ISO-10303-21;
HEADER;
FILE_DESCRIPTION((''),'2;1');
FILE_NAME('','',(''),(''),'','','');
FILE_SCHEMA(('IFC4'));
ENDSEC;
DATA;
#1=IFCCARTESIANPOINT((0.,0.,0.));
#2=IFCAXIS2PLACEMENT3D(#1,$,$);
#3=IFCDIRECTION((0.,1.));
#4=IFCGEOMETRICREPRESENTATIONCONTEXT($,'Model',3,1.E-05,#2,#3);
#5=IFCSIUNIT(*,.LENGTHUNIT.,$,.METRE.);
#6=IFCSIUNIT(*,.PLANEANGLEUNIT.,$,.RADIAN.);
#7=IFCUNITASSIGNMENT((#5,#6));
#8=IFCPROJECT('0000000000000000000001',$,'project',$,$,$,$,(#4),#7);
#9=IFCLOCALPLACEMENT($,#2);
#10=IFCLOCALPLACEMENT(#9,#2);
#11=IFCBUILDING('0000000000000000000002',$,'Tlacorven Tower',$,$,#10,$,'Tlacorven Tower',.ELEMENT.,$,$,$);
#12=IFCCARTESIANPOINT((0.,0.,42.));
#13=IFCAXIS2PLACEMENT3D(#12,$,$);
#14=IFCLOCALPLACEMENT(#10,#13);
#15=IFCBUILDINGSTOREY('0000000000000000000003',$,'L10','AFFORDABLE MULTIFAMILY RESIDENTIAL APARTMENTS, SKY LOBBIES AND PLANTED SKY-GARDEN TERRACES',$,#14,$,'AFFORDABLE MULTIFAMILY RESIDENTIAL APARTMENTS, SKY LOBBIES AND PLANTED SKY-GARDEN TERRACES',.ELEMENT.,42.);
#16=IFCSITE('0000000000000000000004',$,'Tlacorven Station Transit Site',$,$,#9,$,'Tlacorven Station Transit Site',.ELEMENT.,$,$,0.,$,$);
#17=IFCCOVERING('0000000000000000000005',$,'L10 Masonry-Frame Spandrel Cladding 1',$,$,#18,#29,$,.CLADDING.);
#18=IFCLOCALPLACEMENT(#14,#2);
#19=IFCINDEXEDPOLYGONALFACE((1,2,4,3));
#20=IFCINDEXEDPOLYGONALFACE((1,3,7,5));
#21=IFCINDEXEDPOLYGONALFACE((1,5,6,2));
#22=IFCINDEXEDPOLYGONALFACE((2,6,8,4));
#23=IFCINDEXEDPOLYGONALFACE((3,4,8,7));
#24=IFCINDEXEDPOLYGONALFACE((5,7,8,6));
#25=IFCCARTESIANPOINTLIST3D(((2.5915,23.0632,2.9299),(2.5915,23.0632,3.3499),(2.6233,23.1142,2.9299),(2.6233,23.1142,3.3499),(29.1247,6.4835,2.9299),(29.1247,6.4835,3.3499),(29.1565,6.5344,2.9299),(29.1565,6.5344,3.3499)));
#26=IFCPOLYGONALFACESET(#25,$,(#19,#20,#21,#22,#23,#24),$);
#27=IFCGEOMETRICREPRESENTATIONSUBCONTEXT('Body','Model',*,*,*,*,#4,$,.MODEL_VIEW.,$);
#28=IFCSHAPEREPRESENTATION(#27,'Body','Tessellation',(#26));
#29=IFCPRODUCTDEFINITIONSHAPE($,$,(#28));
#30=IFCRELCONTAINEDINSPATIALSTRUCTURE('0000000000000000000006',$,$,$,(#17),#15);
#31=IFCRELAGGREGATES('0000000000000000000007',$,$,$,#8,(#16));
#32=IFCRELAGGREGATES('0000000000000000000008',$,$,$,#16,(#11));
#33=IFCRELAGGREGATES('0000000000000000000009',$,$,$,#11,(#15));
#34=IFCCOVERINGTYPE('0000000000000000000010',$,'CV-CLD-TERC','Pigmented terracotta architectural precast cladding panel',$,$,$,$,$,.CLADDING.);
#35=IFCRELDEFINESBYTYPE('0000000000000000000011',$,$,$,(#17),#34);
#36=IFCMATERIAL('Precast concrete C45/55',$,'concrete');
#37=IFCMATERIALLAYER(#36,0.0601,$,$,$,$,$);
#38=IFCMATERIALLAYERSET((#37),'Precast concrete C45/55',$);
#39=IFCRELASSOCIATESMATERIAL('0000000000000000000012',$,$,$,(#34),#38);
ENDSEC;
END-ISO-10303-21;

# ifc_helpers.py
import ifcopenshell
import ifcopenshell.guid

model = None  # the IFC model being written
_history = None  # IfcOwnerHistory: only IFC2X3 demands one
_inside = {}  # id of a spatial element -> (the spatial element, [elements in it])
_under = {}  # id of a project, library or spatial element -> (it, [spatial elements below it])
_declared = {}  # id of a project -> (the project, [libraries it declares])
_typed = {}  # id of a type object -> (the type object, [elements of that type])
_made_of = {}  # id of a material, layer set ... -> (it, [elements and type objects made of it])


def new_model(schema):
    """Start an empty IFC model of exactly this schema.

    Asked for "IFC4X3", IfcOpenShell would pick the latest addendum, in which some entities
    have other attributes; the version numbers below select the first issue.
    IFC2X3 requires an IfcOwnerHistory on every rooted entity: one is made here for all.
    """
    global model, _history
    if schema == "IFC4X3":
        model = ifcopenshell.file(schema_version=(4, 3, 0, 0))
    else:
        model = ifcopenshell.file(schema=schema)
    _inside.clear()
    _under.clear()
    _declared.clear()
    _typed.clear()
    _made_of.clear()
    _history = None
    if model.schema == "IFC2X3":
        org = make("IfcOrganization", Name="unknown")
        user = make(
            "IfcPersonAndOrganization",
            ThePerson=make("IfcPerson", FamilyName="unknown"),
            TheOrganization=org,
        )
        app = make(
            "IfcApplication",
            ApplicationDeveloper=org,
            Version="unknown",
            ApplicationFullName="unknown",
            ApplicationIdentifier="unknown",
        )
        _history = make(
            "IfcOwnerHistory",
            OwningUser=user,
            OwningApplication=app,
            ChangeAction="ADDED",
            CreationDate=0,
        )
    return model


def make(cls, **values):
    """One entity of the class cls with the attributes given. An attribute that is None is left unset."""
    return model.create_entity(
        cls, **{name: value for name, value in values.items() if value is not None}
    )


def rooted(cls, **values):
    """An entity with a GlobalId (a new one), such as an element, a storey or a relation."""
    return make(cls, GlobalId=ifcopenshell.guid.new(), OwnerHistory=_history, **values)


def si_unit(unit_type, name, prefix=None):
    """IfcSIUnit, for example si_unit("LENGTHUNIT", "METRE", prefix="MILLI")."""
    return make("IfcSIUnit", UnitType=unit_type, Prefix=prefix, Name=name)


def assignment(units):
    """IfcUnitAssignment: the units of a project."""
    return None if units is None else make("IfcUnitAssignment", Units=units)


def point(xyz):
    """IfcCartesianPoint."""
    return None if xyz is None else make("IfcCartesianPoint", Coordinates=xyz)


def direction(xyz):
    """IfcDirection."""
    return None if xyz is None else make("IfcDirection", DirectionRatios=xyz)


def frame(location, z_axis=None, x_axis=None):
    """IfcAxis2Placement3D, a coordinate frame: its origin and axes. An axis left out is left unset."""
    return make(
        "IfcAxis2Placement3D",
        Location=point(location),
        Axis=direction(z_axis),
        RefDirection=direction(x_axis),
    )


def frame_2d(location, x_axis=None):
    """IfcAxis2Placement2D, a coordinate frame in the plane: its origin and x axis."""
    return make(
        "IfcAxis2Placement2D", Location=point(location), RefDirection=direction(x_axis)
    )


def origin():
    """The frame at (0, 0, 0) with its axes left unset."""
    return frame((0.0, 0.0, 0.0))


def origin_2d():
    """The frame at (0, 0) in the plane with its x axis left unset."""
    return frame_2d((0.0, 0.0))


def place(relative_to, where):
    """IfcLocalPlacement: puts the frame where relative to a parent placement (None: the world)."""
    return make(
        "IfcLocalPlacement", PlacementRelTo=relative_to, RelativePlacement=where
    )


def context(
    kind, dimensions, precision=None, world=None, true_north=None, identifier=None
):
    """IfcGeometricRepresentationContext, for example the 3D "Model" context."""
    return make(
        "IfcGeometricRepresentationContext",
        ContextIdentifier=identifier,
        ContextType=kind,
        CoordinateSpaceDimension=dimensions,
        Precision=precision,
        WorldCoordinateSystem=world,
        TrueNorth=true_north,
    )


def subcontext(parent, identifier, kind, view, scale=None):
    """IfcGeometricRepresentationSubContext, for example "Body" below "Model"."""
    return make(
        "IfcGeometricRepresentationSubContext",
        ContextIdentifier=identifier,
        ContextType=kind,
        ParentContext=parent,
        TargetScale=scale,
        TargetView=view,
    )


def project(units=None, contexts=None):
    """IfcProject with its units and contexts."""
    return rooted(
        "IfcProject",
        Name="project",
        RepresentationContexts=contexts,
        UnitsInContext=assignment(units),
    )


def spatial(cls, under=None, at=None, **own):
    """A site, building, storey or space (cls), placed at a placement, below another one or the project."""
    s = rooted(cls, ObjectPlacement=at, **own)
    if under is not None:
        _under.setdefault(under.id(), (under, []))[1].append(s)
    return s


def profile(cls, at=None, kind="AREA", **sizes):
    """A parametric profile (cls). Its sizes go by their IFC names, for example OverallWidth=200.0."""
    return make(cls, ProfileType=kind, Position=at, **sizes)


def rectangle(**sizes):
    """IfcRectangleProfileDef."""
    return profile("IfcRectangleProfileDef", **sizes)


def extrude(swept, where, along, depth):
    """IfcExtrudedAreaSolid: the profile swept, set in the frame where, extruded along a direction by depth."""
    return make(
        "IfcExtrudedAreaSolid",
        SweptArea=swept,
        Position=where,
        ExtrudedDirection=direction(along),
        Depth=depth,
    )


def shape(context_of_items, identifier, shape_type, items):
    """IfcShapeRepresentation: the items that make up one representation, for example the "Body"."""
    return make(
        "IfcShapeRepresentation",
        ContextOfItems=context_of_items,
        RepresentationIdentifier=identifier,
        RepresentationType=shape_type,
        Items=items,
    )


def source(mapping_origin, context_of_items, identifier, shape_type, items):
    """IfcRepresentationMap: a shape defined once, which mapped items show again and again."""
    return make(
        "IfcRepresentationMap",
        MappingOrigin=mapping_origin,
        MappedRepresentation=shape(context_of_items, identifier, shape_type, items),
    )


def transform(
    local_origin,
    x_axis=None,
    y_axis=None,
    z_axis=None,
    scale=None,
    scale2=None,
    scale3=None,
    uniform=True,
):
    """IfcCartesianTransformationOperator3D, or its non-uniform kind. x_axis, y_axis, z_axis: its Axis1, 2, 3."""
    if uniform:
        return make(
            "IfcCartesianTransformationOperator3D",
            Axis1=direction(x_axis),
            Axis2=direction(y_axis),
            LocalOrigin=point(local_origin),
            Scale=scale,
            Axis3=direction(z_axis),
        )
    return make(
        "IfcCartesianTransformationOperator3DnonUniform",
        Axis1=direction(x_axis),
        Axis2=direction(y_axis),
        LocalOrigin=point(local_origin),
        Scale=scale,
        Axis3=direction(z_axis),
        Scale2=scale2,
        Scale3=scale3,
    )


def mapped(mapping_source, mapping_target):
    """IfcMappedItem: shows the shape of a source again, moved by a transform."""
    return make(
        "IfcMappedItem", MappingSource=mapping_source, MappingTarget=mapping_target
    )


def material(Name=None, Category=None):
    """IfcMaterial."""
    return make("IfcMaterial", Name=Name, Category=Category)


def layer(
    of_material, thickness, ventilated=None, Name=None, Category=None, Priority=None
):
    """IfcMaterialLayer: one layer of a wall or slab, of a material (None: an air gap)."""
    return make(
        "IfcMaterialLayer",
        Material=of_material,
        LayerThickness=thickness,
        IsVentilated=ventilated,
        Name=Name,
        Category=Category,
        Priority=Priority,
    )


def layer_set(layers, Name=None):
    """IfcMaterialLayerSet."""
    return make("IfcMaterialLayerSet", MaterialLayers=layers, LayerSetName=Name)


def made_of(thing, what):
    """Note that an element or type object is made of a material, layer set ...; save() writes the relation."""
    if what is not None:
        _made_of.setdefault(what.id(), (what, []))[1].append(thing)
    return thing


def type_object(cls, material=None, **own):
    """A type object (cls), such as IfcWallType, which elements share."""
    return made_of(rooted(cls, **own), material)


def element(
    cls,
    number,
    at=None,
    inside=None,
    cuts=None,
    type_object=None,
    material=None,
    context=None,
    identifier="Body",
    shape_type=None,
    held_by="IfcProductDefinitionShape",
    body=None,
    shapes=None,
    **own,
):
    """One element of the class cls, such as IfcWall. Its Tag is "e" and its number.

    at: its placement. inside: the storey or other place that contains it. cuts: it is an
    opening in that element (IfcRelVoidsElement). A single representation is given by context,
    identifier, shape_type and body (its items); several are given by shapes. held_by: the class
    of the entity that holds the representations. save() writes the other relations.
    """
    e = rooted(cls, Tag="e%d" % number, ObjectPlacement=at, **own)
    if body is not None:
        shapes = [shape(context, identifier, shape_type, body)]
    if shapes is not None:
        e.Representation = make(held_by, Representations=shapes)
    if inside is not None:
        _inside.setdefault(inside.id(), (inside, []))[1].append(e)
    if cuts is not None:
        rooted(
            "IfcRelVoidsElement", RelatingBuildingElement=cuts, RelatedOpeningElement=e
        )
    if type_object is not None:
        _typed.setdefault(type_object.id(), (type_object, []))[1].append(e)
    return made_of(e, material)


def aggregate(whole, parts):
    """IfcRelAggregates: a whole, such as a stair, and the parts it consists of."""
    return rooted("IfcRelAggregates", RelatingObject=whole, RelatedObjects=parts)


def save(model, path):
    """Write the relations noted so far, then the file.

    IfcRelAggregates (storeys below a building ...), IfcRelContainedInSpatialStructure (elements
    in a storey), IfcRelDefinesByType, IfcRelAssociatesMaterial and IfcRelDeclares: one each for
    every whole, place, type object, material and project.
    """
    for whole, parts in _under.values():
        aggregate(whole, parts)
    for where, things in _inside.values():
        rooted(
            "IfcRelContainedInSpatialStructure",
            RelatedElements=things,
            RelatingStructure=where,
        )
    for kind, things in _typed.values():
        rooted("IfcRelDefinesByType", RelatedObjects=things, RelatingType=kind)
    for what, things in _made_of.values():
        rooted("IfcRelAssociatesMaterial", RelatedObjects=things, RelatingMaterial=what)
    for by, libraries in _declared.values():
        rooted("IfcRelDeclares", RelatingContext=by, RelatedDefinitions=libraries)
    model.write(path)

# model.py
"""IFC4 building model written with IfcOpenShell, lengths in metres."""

from ifc_helpers import new_model, si_unit, direction, frame, origin, origin_2d, place, context, subcontext, project, spatial, rectangle, extrude, source, transform, mapped, material, layer, layer_set, type_object, element, save


model = new_model("IFC4")

# Units and contexts
model_context = context("Model", 3, precision=1e-05, world=origin(), true_north=direction((0.0, 1.0)))
body_context = subcontext(model_context, "Body", "Model", "MODEL_VIEW")
ifc_project = project(units=[si_unit("LENGTHUNIT", "METRE"), si_unit("PLANEANGLEUNIT", "RADIAN")], contexts=[model_context])

# Site, building, storey
site_placement = place(None, origin())
site = spatial("IfcSite", under=ifc_project, at=site_placement, Name="Tlacorven Station Transit Site", LongName="Tlacorven Station Transit Site", CompositionType="ELEMENT", RefElevation=0.0)
building_placement = place(site_placement, origin())
building = spatial("IfcBuilding", under=site, at=building_placement, Name="Tlacorven Tower", LongName="Tlacorven Tower", CompositionType="ELEMENT")
storey_placement = place(building_placement, frame((0.0, 0.0, 42.0)))
storey = spatial("IfcBuildingStorey", under=building, at=storey_placement, Name="L10", Description="AFFORDABLE MULTIFAMILY RESIDENTIAL APARTMENTS, SKY LOBBIES AND PLANTED SKY-GARDEN TERRACES", LongName="AFFORDABLE MULTIFAMILY RESIDENTIAL APARTMENTS, SKY LOBBIES AND PLANTED SKY-GARDEN TERRACES", CompositionType="ELEMENT", Elevation=42.0)

# Shared definitions
ifc_material_1 = material(Name="Precast concrete C45/55", Category="concrete")

# Covering
ifc_layer_1 = layer(ifc_material_1, 0.0601)
ifc_layer_set_1 = layer_set([ifc_layer_1], Name="Precast concrete C45/55")
covering_type = type_object("IfcCoveringType", Name="CV-CLD-TERC", Description="Pigmented terracotta architectural precast cladding panel", PredefinedType="CLADDING", material=ifc_layer_set_1)
shared_shape_1 = source(origin(), body_context, "Body", "SweptSolid", [
    extrude(rectangle(XDim=31.2874, YDim=0.0601, at=origin_2d()), origin(), (0.0, 0.0, 1.0), 0.4199),
])
covering_placement = place(storey_placement, frame((15.874, 14.7988, 2.9299), z_axis=(0.0, 0.0, 1.0), x_axis=(-0.848048, 0.529919, 0.0)))
element("IfcCovering", 1, at=covering_placement, inside=storey, type_object=covering_type, Name="L10 Masonry-Frame Spandrel Cladding 1", PredefinedType="CLADDING", context=body_context, shape_type="MappedRepresentation", body=[
    mapped(shared_shape_1, transform((0.0, 0.0, 0.0), scale=1.0)),
])

save(model, "model.ifc")
